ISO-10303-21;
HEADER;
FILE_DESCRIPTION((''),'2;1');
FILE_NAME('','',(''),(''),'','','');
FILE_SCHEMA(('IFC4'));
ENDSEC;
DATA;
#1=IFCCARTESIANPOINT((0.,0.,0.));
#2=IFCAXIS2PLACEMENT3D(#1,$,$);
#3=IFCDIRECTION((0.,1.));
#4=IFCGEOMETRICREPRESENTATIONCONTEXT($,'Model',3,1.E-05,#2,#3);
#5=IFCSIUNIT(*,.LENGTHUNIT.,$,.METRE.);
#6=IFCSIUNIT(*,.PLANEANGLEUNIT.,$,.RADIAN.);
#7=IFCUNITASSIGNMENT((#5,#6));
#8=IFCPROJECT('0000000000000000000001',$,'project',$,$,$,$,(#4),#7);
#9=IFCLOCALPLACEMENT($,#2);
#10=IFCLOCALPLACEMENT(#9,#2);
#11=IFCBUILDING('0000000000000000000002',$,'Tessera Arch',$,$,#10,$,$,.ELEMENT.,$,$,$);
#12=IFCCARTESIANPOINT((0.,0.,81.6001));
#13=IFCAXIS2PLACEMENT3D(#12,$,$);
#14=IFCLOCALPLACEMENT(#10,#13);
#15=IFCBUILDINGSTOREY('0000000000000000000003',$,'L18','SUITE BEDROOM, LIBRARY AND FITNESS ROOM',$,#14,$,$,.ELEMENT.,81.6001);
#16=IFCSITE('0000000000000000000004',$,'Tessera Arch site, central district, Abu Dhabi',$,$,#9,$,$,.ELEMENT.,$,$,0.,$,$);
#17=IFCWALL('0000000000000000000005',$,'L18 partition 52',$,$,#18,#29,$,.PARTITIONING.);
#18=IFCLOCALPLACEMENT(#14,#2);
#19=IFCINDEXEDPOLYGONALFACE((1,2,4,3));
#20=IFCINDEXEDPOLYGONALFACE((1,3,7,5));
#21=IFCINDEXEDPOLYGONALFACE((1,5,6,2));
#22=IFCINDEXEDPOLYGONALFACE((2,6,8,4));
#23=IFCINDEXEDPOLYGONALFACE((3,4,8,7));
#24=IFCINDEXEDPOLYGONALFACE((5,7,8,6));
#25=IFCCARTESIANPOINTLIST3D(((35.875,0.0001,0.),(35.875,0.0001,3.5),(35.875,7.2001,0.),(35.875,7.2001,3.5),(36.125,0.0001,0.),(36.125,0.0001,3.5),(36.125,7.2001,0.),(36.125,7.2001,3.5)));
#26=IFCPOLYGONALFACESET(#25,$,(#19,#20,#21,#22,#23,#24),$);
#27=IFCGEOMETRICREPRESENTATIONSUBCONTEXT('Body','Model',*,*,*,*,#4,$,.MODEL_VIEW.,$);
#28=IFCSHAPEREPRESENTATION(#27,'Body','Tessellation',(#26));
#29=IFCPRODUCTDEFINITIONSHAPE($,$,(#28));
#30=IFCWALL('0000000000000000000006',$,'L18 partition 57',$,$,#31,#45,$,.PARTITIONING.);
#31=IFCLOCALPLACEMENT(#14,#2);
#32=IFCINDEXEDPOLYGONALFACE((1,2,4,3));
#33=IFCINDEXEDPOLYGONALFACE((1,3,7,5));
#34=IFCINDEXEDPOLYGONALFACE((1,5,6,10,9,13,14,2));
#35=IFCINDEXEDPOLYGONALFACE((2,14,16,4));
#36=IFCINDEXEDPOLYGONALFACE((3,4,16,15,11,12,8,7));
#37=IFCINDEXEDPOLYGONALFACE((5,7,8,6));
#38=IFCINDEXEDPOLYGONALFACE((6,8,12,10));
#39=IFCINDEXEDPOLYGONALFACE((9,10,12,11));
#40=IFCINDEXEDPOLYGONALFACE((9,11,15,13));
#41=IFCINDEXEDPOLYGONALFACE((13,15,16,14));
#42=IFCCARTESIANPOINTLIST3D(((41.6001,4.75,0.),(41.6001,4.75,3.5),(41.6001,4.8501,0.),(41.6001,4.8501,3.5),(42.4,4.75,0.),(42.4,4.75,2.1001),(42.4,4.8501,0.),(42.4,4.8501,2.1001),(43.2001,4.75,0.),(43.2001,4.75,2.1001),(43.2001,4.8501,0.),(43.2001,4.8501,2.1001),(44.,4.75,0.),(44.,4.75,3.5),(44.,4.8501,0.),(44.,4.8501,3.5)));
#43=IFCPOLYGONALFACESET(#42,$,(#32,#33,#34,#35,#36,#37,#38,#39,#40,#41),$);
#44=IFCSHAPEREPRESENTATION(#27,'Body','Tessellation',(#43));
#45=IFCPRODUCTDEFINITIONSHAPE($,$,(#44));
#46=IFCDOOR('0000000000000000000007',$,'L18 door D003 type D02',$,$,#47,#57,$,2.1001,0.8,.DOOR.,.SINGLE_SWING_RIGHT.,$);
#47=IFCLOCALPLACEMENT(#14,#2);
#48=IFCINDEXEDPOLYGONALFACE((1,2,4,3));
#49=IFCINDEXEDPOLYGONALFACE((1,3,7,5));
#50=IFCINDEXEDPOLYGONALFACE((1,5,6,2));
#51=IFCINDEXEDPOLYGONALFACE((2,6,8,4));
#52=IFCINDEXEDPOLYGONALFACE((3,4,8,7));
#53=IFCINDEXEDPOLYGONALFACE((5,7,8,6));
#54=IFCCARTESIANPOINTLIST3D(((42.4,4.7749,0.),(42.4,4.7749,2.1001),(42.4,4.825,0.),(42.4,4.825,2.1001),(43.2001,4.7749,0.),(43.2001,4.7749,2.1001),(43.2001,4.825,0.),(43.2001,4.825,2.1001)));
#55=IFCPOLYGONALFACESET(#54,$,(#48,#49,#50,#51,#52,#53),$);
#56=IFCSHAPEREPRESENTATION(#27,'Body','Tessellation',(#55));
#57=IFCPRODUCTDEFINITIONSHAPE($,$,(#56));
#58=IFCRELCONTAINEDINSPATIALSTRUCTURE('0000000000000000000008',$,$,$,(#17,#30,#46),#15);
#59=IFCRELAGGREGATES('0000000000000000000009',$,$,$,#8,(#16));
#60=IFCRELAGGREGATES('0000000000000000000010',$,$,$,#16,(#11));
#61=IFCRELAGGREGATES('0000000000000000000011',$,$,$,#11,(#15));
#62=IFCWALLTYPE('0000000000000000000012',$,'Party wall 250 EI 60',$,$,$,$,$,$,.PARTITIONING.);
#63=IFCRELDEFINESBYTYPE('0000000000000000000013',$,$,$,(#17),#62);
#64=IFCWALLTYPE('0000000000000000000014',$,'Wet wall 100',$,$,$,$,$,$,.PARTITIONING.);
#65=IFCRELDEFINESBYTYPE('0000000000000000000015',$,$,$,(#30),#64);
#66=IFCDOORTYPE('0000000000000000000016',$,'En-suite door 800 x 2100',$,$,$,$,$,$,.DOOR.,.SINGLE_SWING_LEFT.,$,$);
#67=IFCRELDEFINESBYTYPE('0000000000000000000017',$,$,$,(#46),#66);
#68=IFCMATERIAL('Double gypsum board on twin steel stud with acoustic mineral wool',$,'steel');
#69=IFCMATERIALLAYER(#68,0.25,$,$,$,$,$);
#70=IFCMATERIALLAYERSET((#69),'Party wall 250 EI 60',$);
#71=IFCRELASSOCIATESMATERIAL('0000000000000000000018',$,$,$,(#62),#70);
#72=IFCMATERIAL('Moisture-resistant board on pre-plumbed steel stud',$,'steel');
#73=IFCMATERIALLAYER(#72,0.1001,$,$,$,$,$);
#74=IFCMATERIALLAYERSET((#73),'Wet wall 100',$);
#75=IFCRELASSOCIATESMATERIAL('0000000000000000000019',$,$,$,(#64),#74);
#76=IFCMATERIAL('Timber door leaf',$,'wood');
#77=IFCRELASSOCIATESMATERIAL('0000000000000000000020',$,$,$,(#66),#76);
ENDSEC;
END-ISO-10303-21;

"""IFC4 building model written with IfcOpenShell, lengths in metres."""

from ifc_helpers import new_model, si_unit, direction, frame, frame_2d, origin, place, context, subcontext, project, spatial, rectangle, extrude, material, layer, layer_set, type_object, element, fill, save


model = new_model("IFC4")

# Units and contexts
model_context = context("Model", 3, precision=1e-05, world=origin(), true_north=direction((0.0, 1.0)))
body_context = subcontext(model_context, "Body", "Model", "MODEL_VIEW")
ifc_project = project(units=[si_unit("LENGTHUNIT", "METRE"), si_unit("PLANEANGLEUNIT", "RADIAN")], contexts=[model_context])

# Site, building, storey
site_placement = place(None, origin())
site = spatial("IfcSite", under=ifc_project, at=site_placement, Name="Tessera Arch site, central district, Abu Dhabi", CompositionType="ELEMENT", RefElevation=0.0)
building_placement = place(site_placement, origin())
building = spatial("IfcBuilding", under=site, at=building_placement, Name="Tessera Arch", CompositionType="ELEMENT")
storey_placement = place(building_placement, frame((0.0, 0.0, 81.6001)))
storey = spatial("IfcBuildingStorey", under=building, at=storey_placement, Name="L18", Description="SUITE BEDROOM, LIBRARY AND FITNESS ROOM", CompositionType="ELEMENT", Elevation=81.6001)

# Wall
ifc_material_1 = material(Name="Double gypsum board on twin steel stud with acoustic mineral wool", Category="steel")
ifc_layer_1 = layer(ifc_material_1, 0.25)
ifc_layer_set_1 = layer_set([ifc_layer_1], Name="Party wall 250 EI 60")
wall_type_1 = type_object("IfcWallType", Name="Party wall 250 EI 60", PredefinedType="PARTITIONING", material=ifc_layer_set_1)
wall_1_placement = place(storey_placement, frame((36.0, 0.0, 0.0), z_axis=(0.0, 0.0, 1.0), x_axis=(0.0, 1.0, 0.0)))
element("IfcWall", 1, at=wall_1_placement, inside=storey, type_object=wall_type_1, Name="L18 partition 52", PredefinedType="PARTITIONING", context=body_context, shape_type="SweptSolid", body=[
    extrude(rectangle(XDim=7.2, YDim=0.25, at=frame_2d((3.6001, 0.0))), origin(), (0.0, 0.0, 1.0), 3.5),
])

# Wall, opening, door
ifc_material_2 = material(Name="Moisture-resistant board on pre-plumbed steel stud", Category="steel")
ifc_layer_2 = layer(ifc_material_2, 0.1001)
ifc_layer_set_2 = layer_set([ifc_layer_2], Name="Wet wall 100")
wall_type_2 = type_object("IfcWallType", Name="Wet wall 100", PredefinedType="PARTITIONING", material=ifc_layer_set_2)
wall_2_placement = place(storey_placement, frame((41.6001, 4.8, 0.0), z_axis=(0.0, 0.0, 1.0), x_axis=(1.0, 0.0, 0.0)))
wall_2 = element("IfcWall", 2, at=wall_2_placement, inside=storey, type_object=wall_type_2, Name="L18 partition 57", PredefinedType="PARTITIONING", context=body_context, shape_type="SweptSolid", body=[
    extrude(rectangle(XDim=2.3999, YDim=0.1001, at=frame_2d((1.2, 0.0))), origin(), (0.0, 0.0, 1.0), 3.5),
])
opening_1_placement = place(wall_2_placement, frame((0.8, 0.0, 0.0)))
opening_1 = element("IfcOpeningElement", 3, at=opening_1_placement, cuts=wall_2, PredefinedType="OPENING", context=body_context, shape_type="SweptSolid", body=[
    extrude(rectangle(XDim=0.8, YDim=2.1001, at=frame_2d((0.3999, 1.05))), frame((0.0, 0.0601, 0.0), z_axis=(0.0, -1.0, 0.0), x_axis=(1.0, 0.0, 0.0)), (0.0, 0.0, 1.0), 0.1201),
])
ifc_material_3 = material(Name="Timber door leaf", Category="wood")
door_type_1 = type_object("IfcDoorType", Name="En-suite door 800 x 2100", OperationType="SINGLE_SWING_LEFT", PredefinedType="DOOR", material=ifc_material_3)
door_1_placement = place(opening_1_placement, origin())
door_1 = element("IfcDoor", 4, at=door_1_placement, inside=storey, type_object=door_type_1, Name="L18 door D003 type D02", OperationType="SINGLE_SWING_RIGHT", OverallHeight=2.1001, OverallWidth=0.8, PredefinedType="DOOR", context=body_context, shape_type="SweptSolid", body=[
    extrude(rectangle(XDim=0.8, YDim=2.1001, at=frame_2d((0.3999, 1.05))), frame((0.0, 0.0249, 0.0), z_axis=(0.0, -1.0, 0.0), x_axis=(1.0, 0.0, 0.0)), (0.0, 0.0, 1.0), 0.05),
])
fill(opening_1, door_1)

save(model, "model.ifc")
